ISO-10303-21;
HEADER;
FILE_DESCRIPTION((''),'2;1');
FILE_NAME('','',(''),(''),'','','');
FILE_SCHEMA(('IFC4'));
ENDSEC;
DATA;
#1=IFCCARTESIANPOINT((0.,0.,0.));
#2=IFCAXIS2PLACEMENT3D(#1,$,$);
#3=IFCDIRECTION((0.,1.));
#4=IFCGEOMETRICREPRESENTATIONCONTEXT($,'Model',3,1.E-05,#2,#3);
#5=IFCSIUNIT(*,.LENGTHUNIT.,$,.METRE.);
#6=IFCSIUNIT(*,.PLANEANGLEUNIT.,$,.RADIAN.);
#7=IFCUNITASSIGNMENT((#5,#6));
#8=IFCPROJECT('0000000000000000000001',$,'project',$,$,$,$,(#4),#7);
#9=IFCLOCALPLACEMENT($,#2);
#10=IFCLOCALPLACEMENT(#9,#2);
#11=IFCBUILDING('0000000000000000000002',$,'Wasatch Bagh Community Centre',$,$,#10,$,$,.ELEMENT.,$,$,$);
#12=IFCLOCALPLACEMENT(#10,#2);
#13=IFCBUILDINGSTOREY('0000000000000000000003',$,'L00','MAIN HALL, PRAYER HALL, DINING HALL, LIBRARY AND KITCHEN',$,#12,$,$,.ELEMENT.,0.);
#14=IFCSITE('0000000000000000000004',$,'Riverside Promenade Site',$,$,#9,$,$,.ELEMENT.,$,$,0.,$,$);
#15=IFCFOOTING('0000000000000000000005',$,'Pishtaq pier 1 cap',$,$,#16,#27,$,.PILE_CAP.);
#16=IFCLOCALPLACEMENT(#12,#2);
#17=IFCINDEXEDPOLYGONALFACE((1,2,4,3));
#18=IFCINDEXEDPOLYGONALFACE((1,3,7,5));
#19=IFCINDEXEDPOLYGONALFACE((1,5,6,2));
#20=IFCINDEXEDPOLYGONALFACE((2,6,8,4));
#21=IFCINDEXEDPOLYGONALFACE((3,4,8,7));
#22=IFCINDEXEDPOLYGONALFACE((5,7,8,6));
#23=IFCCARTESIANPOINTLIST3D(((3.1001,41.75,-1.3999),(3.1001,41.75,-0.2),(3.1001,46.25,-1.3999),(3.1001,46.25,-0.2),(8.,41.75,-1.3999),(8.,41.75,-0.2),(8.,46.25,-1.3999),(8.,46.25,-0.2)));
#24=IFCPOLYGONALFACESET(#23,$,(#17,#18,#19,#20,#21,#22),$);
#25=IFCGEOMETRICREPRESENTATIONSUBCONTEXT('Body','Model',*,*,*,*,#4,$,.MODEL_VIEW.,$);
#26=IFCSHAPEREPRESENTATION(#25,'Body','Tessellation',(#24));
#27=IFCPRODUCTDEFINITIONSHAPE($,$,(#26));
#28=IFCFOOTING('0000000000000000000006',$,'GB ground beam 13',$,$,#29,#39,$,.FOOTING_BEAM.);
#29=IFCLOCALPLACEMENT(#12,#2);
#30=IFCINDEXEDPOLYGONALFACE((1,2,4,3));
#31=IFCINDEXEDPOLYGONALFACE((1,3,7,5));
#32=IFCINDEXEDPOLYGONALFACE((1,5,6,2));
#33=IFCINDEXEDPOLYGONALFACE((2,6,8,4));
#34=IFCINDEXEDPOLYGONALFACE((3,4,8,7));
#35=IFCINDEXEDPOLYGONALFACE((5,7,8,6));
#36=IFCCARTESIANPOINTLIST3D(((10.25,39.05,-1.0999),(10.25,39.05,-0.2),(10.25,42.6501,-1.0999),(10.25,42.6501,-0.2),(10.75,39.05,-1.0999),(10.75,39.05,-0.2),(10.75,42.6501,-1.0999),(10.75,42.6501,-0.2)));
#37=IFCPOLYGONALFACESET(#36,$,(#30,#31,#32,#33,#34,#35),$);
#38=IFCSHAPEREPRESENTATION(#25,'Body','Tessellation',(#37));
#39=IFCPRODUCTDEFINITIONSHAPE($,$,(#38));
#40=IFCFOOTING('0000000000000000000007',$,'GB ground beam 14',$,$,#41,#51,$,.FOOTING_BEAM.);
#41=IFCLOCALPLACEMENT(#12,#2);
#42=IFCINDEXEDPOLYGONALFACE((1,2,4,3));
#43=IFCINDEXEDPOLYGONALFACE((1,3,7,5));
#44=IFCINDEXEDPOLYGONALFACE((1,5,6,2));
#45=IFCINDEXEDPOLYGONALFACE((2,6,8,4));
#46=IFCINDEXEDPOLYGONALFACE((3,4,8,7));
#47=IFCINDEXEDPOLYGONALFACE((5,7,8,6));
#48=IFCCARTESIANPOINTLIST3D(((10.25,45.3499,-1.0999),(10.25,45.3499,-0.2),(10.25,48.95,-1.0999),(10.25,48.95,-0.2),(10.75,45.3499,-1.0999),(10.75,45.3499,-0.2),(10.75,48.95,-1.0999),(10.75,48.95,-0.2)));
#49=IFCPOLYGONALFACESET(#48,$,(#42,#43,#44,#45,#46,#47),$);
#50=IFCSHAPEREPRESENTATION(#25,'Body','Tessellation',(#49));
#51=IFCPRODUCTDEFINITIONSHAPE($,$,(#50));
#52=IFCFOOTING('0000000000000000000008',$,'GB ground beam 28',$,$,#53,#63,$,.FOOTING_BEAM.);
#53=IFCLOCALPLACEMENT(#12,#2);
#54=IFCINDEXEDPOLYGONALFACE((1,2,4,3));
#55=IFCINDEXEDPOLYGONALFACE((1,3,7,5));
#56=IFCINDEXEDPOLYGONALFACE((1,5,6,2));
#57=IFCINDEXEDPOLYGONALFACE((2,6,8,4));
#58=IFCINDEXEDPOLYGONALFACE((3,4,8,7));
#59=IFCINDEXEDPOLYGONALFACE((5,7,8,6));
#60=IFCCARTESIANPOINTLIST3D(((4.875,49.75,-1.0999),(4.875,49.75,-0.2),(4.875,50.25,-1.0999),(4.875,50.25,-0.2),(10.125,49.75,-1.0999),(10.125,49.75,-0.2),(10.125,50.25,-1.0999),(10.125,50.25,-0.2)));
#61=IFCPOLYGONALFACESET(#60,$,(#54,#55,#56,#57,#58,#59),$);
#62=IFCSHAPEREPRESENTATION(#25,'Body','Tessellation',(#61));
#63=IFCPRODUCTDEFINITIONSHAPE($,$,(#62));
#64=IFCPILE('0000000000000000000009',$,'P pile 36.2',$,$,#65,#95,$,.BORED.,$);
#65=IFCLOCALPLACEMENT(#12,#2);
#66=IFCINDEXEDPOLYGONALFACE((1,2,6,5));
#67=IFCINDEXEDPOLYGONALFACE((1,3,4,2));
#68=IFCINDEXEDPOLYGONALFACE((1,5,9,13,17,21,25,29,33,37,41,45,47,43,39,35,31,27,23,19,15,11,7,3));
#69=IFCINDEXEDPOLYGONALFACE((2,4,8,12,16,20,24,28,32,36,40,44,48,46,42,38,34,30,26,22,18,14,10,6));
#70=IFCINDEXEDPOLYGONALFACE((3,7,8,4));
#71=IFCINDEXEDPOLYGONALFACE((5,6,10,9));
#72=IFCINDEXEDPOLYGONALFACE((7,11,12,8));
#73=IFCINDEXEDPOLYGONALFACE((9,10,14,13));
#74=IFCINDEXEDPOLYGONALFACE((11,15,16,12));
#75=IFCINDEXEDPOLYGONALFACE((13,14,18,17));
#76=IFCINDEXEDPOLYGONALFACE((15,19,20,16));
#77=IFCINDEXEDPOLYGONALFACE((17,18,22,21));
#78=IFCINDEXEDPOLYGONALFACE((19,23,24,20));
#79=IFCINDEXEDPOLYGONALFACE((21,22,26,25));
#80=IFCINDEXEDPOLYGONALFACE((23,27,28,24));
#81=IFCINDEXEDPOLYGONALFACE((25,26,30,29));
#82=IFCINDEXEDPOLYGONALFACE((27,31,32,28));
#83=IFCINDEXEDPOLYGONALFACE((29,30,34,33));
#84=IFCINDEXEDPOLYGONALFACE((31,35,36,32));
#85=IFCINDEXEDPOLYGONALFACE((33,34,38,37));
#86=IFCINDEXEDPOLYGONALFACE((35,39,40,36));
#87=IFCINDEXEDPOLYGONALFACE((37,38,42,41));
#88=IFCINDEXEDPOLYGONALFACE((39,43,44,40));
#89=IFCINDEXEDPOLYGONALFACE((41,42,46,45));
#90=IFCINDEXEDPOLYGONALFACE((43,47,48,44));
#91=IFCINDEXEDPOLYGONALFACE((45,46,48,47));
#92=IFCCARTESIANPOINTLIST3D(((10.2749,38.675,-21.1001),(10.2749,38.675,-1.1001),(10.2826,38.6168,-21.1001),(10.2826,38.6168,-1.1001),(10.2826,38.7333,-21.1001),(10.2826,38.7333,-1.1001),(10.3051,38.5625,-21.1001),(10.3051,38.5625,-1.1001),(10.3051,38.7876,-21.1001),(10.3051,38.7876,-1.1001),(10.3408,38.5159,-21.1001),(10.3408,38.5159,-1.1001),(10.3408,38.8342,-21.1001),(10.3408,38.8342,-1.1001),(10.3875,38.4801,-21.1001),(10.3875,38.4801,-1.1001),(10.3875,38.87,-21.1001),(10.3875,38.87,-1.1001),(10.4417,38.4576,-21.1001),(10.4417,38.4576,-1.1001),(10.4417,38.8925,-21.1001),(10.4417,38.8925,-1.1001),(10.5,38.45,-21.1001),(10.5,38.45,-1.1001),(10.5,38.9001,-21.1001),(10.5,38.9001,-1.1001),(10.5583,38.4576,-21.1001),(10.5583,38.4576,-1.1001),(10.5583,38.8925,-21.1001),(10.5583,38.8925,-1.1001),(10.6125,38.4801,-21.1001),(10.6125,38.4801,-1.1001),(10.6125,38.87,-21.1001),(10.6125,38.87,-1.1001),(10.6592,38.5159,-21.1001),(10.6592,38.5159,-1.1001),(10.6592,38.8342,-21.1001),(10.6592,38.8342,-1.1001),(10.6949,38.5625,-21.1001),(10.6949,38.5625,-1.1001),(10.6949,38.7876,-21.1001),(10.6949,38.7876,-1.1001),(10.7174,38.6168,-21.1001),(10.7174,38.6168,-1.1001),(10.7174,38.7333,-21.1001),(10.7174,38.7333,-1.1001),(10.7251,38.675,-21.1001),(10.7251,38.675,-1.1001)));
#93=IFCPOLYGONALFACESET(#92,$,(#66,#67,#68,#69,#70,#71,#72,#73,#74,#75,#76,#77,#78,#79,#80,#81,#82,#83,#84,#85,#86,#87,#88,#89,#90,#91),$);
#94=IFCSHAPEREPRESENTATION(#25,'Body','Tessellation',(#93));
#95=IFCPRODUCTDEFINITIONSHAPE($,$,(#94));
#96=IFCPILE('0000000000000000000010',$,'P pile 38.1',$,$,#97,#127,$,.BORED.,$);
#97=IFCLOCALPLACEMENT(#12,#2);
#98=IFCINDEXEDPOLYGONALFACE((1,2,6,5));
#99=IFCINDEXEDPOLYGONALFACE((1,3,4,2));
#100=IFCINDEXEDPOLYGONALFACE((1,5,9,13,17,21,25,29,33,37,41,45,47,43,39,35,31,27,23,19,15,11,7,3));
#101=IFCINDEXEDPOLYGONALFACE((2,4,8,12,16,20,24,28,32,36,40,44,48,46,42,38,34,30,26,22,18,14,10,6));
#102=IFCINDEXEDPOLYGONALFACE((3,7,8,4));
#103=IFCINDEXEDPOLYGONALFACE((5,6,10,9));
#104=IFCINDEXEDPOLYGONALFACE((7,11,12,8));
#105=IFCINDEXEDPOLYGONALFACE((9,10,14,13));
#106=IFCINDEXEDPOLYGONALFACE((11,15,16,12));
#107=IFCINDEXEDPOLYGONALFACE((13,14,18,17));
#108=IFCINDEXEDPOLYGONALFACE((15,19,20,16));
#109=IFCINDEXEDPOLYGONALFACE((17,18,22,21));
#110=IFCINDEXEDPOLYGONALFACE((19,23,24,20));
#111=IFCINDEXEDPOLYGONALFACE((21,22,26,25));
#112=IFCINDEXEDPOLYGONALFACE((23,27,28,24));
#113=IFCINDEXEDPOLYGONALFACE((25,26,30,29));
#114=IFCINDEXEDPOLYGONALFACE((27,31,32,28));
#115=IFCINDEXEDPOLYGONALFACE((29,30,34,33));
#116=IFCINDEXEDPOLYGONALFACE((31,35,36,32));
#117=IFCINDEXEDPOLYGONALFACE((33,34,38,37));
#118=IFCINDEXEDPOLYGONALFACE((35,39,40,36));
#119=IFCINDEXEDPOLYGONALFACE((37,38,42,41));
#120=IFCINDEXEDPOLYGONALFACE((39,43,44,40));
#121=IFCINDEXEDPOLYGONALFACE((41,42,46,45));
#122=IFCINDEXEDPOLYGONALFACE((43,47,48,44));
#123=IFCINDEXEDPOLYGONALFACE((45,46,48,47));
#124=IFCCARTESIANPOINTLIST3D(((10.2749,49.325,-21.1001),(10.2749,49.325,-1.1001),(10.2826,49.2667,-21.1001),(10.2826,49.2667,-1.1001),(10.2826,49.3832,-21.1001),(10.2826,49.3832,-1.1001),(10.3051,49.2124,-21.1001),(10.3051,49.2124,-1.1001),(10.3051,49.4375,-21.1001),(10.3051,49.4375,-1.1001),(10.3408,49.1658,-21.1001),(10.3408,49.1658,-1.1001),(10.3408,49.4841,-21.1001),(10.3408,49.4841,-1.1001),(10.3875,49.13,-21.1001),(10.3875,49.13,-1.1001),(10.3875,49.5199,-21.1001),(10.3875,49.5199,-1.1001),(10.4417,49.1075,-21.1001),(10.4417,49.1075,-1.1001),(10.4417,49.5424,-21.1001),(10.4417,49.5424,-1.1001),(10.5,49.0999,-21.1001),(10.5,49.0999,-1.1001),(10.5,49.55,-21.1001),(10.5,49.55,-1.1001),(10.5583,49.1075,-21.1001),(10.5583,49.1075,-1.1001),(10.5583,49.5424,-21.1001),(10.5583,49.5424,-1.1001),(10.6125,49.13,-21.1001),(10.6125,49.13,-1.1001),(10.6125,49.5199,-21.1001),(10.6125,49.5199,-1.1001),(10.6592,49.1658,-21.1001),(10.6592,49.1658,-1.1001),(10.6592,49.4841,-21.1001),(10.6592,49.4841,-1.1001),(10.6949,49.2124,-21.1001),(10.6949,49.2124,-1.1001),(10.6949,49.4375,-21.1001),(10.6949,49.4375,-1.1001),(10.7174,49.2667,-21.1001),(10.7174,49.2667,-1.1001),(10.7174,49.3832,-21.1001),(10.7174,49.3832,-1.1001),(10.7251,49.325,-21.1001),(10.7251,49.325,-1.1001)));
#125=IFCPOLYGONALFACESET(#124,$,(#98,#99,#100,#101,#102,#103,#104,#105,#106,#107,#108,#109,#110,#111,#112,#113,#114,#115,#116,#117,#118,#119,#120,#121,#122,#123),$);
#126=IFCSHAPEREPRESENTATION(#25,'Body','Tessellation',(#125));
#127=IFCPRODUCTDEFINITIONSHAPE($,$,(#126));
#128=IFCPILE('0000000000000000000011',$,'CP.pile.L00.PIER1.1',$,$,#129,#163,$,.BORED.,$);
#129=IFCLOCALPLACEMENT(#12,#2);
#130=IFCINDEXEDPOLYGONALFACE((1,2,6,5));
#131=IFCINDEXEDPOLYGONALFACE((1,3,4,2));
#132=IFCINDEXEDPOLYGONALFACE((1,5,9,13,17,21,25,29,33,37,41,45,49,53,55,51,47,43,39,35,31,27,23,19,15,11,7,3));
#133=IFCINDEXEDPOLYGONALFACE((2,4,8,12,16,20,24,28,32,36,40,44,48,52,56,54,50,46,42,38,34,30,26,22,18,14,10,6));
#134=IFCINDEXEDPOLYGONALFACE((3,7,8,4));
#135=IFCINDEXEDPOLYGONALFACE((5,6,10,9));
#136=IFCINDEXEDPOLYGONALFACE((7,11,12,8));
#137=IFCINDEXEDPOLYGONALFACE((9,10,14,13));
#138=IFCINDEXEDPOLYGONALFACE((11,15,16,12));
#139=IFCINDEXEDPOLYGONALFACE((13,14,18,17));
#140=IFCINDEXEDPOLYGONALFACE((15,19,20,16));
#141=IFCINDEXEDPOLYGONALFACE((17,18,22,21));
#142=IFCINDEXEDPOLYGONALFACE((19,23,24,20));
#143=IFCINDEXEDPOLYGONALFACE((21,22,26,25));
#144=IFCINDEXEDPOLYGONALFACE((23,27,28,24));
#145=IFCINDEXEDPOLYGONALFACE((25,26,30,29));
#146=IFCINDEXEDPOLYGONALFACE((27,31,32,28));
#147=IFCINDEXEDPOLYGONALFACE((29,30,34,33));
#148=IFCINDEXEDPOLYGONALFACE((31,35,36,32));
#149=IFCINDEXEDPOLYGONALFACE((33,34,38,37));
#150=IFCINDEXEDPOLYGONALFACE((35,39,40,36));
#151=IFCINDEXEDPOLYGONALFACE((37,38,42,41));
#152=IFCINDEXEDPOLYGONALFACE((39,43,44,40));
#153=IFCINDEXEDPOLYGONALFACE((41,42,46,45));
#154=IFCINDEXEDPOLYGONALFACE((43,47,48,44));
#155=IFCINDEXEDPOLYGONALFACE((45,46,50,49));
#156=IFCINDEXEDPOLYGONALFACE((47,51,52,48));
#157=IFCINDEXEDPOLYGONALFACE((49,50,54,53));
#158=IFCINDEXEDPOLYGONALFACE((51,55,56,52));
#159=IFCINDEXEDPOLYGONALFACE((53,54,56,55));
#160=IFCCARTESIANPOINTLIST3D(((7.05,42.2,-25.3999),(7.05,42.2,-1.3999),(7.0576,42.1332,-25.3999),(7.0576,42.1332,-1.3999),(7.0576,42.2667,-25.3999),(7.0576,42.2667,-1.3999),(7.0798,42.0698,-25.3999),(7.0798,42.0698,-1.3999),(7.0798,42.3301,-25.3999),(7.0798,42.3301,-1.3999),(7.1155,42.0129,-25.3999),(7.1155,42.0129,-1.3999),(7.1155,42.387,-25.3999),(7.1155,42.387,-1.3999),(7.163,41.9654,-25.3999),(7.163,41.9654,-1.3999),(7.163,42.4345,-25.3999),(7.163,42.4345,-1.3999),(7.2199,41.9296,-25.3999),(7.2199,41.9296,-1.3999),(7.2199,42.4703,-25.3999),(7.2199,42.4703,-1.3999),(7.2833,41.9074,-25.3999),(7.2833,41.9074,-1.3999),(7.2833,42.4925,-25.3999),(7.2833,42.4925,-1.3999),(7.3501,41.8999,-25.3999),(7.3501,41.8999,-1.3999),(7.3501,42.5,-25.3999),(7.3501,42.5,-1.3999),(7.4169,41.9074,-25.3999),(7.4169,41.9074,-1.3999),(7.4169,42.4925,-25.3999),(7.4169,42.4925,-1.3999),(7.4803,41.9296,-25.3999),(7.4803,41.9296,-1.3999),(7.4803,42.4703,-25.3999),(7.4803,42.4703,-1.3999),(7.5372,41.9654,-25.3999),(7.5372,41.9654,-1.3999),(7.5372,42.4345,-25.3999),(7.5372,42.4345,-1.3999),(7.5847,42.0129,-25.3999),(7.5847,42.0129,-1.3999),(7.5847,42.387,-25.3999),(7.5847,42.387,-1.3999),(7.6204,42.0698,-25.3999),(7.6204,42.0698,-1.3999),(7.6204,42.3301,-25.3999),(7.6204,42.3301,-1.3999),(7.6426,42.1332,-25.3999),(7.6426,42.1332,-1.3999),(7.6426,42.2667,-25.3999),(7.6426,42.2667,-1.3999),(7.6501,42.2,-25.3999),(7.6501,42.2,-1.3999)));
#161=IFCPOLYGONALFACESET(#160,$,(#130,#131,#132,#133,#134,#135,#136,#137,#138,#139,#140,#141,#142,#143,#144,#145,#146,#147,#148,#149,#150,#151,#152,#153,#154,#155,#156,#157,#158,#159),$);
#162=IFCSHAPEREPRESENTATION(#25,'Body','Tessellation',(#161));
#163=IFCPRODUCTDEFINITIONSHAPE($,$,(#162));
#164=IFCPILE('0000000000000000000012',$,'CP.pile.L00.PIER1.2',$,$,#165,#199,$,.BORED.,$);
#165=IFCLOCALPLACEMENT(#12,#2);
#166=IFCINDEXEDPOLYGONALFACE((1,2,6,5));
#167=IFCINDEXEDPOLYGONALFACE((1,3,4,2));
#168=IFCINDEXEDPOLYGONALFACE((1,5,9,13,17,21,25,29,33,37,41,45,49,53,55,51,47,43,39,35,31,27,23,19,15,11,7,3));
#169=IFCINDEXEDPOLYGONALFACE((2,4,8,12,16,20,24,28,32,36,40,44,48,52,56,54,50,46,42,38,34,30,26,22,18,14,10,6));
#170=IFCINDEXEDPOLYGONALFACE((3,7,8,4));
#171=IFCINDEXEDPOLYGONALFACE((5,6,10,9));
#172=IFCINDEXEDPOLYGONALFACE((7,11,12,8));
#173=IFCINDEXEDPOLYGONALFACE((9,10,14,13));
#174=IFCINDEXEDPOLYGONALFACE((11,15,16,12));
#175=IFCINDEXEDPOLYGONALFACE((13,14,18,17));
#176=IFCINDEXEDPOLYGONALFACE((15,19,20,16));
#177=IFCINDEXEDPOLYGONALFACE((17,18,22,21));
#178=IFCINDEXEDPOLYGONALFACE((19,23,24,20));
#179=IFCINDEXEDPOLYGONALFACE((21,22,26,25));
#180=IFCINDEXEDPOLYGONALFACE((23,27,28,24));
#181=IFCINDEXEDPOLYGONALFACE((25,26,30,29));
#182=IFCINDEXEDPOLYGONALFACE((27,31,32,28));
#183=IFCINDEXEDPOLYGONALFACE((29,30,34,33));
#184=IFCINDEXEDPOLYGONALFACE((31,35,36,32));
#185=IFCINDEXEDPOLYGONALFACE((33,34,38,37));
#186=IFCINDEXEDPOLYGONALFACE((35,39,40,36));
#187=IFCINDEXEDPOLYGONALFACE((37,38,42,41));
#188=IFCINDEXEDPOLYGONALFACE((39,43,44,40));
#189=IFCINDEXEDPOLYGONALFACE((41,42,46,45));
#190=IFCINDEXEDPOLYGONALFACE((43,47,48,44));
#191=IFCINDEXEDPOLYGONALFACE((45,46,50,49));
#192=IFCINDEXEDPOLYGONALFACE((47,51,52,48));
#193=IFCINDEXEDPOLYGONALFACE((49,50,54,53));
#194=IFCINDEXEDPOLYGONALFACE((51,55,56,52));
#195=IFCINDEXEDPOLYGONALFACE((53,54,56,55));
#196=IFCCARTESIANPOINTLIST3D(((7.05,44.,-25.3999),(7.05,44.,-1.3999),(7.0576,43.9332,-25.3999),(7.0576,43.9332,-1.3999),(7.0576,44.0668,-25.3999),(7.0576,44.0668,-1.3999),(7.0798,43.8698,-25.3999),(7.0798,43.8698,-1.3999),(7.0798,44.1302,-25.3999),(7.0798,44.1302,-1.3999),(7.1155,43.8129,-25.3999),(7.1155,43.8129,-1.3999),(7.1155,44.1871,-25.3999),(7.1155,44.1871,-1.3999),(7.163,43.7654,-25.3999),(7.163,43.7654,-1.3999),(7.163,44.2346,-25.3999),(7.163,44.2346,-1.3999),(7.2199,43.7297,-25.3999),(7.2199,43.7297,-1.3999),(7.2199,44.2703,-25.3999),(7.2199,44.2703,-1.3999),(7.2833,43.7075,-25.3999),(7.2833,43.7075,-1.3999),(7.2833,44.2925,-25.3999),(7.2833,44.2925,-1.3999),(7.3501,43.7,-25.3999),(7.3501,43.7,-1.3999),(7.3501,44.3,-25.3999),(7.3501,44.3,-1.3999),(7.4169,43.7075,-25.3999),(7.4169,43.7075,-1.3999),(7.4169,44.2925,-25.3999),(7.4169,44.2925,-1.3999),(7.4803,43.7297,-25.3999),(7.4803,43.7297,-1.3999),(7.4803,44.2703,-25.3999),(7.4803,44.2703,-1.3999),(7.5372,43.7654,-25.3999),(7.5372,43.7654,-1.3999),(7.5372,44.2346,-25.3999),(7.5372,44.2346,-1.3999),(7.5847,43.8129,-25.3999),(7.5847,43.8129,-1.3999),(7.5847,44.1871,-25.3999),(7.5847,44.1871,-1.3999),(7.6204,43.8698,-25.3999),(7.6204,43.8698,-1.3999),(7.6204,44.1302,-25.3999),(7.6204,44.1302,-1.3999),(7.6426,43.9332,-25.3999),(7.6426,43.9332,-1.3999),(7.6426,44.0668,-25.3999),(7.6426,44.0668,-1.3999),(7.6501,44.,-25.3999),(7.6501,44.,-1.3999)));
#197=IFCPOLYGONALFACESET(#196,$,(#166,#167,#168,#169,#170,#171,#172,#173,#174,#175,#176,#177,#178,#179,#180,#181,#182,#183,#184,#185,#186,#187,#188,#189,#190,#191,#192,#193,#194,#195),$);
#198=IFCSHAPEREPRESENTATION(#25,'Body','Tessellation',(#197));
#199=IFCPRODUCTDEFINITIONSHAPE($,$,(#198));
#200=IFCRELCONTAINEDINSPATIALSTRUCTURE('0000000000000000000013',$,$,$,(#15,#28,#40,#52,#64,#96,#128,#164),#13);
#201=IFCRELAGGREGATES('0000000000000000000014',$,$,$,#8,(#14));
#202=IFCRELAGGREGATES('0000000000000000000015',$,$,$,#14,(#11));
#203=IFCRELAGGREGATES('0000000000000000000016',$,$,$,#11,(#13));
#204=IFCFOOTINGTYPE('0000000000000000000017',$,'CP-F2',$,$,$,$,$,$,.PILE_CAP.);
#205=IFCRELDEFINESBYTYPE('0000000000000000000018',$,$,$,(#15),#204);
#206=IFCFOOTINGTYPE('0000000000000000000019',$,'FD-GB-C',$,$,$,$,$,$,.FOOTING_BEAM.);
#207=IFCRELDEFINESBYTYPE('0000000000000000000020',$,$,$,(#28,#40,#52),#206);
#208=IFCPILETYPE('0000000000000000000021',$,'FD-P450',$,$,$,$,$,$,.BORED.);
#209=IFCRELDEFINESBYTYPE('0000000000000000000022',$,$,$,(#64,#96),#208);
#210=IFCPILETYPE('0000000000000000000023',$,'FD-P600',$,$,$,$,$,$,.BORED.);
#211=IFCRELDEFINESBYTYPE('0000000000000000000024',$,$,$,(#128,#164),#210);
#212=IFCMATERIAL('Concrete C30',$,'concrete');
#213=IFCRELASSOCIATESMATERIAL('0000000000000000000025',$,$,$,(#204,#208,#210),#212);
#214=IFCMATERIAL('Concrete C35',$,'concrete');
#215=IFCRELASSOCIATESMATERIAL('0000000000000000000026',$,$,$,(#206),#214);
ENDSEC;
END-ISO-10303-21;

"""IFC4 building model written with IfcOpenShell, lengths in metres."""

from ifc_helpers import new_model, si_unit, direction, frame, origin, origin_2d, place, context, subcontext, project, spatial, rectangle, circle, extrude, material, material_profile, profile_set, type_object, element, save


model = new_model("IFC4")

# Units and contexts
model_context = context("Model", 3, precision=1e-05, world=origin(), true_north=direction((0.0, 1.0)))
body_context = subcontext(model_context, "Body", "Model", "MODEL_VIEW")
ifc_project = project(units=[si_unit("LENGTHUNIT", "METRE"), si_unit("PLANEANGLEUNIT", "RADIAN")], contexts=[model_context])

# Site, building, storey
site_placement = place(None, origin())
site = spatial("IfcSite", under=ifc_project, at=site_placement, Name="Riverside Promenade Site", CompositionType="ELEMENT", RefElevation=0.0)
building_placement = place(site_placement, origin())
building = spatial("IfcBuilding", under=site, at=building_placement, Name="Wasatch Bagh Community Centre", CompositionType="ELEMENT")
storey_placement = place(building_placement, origin())
storey = spatial("IfcBuildingStorey", under=building, at=storey_placement, Name="L00", Description="MAIN HALL, PRAYER HALL, DINING HALL, LIBRARY AND KITCHEN", CompositionType="ELEMENT", Elevation=0.0)

# Footings
ifc_material_1 = material(Name="Concrete C30", Category="concrete")
footing_type_1 = type_object("IfcFootingType", Name="CP-F2", PredefinedType="PILE_CAP", material=ifc_material_1)
footing_1_placement = place(storey_placement, frame((5.55, 44.0, -1.3999), z_axis=(0.0, 0.0, 1.0), x_axis=(-1.0, 0.0, 0.0)))
element("IfcFooting", 1, at=footing_1_placement, inside=storey, type_object=footing_type_1, Name="Pishtaq pier 1 cap", PredefinedType="PILE_CAP", context=body_context, shape_type="SweptSolid", body=[
    extrude(rectangle(XDim=4.8999, YDim=4.5, at=origin_2d()), origin(), (0.0, 0.0, 1.0), 1.2),
])
ifc_material_2 = material(Name="Concrete C35", Category="concrete")
footing_type_2 = type_object("IfcFootingType", Name="FD-GB-C", PredefinedType="FOOTING_BEAM", material=ifc_material_2)
for number, where, z_axis, x_axis, name in (
    (2, (10.5, 40.8501, -1.0999), (0.0, 0.0, 1.0), (0.0, -1.0, 0.0), "GB ground beam 13"),
    (3, (10.5, 47.1499, -1.0999), (0.0, 0.0, 1.0), (0.0, 1.0, 0.0), "GB ground beam 14"),
):
    element("IfcFooting", number, at=place(storey_placement, frame(where, z_axis=z_axis, x_axis=x_axis)), inside=storey, type_object=footing_type_2, Name=name, PredefinedType="FOOTING_BEAM", context=body_context, shape_type="SweptSolid", body=[
        extrude(rectangle(XDim=3.6001, YDim=0.5, at=origin_2d()), origin(), (0.0, 0.0, 1.0), 0.8999),
    ])
footing_2_placement = place(storey_placement, frame((7.5, 50.0, -1.0999), z_axis=(0.0, 0.0, 1.0), x_axis=(1.0, 0.0, 0.0)))
element("IfcFooting", 4, at=footing_2_placement, inside=storey, type_object=footing_type_2, Name="GB ground beam 28", PredefinedType="FOOTING_BEAM", context=body_context, shape_type="SweptSolid", body=[
    extrude(rectangle(XDim=5.25, YDim=0.5, at=origin_2d()), origin(), (0.0, 0.0, 1.0), 0.8999),
])

# Piles
ifc_material_profile_1 = material_profile(ifc_material_1, circle(Radius=0.2251, at=origin_2d()), Name="RC D450")
ifc_profile_set_1 = profile_set([ifc_material_profile_1], Name="Concrete C30")
pile_type_1 = type_object("IfcPileType", Name="FD-P450", PredefinedType="BORED", material=ifc_profile_set_1)
for number, where, z_axis, x_axis, name in (
    (5, (10.5, 38.675, -1.1001), (0.0, 0.0, -1.0), (1.0, 0.0, 0.0), "P pile 36.2"),
    (6, (10.5, 49.325, -1.1001), (0.0, 0.0, -1.0), (1.0, 0.0, 0.0), "P pile 38.1"),
):
    element("IfcPile", number, at=place(storey_placement, frame(where, z_axis=z_axis, x_axis=x_axis)), inside=storey, type_object=pile_type_1, Name=name, PredefinedType="BORED", context=body_context, shape_type="SweptSolid", body=[
        extrude(circle(Radius=0.2251, at=origin_2d()), origin(), (0.0, 0.0, 1.0), 20.0),
    ])
ifc_material_profile_2 = material_profile(ifc_material_1, circle(Radius=0.3, at=origin_2d()), Name="RC D600")
ifc_profile_set_2 = profile_set([ifc_material_profile_2], Name="Concrete C30")
pile_type_2 = type_object("IfcPileType", Name="FD-P600", PredefinedType="BORED", material=ifc_profile_set_2)
for number, where, z_axis, x_axis, name in (
    (7, (7.3501, 42.2, -1.3999), (0.0, 0.0, -1.0), (1.0, 0.0, 0.0), "CP.pile.L00.PIER1.1"),
    (8, (7.3501, 44.0, -1.3999), (0.0, 0.0, -1.0), (1.0, 0.0, 0.0), "CP.pile.L00.PIER1.2"),
):
    element("IfcPile", number, at=place(storey_placement, frame(where, z_axis=z_axis, x_axis=x_axis)), inside=storey, type_object=pile_type_2, Name=name, PredefinedType="BORED", context=body_context, shape_type="SweptSolid", body=[
        extrude(circle(Radius=0.3, at=origin_2d()), origin(), (0.0, 0.0, 1.0), 24.0),
    ])

save(model, "model.ifc")
